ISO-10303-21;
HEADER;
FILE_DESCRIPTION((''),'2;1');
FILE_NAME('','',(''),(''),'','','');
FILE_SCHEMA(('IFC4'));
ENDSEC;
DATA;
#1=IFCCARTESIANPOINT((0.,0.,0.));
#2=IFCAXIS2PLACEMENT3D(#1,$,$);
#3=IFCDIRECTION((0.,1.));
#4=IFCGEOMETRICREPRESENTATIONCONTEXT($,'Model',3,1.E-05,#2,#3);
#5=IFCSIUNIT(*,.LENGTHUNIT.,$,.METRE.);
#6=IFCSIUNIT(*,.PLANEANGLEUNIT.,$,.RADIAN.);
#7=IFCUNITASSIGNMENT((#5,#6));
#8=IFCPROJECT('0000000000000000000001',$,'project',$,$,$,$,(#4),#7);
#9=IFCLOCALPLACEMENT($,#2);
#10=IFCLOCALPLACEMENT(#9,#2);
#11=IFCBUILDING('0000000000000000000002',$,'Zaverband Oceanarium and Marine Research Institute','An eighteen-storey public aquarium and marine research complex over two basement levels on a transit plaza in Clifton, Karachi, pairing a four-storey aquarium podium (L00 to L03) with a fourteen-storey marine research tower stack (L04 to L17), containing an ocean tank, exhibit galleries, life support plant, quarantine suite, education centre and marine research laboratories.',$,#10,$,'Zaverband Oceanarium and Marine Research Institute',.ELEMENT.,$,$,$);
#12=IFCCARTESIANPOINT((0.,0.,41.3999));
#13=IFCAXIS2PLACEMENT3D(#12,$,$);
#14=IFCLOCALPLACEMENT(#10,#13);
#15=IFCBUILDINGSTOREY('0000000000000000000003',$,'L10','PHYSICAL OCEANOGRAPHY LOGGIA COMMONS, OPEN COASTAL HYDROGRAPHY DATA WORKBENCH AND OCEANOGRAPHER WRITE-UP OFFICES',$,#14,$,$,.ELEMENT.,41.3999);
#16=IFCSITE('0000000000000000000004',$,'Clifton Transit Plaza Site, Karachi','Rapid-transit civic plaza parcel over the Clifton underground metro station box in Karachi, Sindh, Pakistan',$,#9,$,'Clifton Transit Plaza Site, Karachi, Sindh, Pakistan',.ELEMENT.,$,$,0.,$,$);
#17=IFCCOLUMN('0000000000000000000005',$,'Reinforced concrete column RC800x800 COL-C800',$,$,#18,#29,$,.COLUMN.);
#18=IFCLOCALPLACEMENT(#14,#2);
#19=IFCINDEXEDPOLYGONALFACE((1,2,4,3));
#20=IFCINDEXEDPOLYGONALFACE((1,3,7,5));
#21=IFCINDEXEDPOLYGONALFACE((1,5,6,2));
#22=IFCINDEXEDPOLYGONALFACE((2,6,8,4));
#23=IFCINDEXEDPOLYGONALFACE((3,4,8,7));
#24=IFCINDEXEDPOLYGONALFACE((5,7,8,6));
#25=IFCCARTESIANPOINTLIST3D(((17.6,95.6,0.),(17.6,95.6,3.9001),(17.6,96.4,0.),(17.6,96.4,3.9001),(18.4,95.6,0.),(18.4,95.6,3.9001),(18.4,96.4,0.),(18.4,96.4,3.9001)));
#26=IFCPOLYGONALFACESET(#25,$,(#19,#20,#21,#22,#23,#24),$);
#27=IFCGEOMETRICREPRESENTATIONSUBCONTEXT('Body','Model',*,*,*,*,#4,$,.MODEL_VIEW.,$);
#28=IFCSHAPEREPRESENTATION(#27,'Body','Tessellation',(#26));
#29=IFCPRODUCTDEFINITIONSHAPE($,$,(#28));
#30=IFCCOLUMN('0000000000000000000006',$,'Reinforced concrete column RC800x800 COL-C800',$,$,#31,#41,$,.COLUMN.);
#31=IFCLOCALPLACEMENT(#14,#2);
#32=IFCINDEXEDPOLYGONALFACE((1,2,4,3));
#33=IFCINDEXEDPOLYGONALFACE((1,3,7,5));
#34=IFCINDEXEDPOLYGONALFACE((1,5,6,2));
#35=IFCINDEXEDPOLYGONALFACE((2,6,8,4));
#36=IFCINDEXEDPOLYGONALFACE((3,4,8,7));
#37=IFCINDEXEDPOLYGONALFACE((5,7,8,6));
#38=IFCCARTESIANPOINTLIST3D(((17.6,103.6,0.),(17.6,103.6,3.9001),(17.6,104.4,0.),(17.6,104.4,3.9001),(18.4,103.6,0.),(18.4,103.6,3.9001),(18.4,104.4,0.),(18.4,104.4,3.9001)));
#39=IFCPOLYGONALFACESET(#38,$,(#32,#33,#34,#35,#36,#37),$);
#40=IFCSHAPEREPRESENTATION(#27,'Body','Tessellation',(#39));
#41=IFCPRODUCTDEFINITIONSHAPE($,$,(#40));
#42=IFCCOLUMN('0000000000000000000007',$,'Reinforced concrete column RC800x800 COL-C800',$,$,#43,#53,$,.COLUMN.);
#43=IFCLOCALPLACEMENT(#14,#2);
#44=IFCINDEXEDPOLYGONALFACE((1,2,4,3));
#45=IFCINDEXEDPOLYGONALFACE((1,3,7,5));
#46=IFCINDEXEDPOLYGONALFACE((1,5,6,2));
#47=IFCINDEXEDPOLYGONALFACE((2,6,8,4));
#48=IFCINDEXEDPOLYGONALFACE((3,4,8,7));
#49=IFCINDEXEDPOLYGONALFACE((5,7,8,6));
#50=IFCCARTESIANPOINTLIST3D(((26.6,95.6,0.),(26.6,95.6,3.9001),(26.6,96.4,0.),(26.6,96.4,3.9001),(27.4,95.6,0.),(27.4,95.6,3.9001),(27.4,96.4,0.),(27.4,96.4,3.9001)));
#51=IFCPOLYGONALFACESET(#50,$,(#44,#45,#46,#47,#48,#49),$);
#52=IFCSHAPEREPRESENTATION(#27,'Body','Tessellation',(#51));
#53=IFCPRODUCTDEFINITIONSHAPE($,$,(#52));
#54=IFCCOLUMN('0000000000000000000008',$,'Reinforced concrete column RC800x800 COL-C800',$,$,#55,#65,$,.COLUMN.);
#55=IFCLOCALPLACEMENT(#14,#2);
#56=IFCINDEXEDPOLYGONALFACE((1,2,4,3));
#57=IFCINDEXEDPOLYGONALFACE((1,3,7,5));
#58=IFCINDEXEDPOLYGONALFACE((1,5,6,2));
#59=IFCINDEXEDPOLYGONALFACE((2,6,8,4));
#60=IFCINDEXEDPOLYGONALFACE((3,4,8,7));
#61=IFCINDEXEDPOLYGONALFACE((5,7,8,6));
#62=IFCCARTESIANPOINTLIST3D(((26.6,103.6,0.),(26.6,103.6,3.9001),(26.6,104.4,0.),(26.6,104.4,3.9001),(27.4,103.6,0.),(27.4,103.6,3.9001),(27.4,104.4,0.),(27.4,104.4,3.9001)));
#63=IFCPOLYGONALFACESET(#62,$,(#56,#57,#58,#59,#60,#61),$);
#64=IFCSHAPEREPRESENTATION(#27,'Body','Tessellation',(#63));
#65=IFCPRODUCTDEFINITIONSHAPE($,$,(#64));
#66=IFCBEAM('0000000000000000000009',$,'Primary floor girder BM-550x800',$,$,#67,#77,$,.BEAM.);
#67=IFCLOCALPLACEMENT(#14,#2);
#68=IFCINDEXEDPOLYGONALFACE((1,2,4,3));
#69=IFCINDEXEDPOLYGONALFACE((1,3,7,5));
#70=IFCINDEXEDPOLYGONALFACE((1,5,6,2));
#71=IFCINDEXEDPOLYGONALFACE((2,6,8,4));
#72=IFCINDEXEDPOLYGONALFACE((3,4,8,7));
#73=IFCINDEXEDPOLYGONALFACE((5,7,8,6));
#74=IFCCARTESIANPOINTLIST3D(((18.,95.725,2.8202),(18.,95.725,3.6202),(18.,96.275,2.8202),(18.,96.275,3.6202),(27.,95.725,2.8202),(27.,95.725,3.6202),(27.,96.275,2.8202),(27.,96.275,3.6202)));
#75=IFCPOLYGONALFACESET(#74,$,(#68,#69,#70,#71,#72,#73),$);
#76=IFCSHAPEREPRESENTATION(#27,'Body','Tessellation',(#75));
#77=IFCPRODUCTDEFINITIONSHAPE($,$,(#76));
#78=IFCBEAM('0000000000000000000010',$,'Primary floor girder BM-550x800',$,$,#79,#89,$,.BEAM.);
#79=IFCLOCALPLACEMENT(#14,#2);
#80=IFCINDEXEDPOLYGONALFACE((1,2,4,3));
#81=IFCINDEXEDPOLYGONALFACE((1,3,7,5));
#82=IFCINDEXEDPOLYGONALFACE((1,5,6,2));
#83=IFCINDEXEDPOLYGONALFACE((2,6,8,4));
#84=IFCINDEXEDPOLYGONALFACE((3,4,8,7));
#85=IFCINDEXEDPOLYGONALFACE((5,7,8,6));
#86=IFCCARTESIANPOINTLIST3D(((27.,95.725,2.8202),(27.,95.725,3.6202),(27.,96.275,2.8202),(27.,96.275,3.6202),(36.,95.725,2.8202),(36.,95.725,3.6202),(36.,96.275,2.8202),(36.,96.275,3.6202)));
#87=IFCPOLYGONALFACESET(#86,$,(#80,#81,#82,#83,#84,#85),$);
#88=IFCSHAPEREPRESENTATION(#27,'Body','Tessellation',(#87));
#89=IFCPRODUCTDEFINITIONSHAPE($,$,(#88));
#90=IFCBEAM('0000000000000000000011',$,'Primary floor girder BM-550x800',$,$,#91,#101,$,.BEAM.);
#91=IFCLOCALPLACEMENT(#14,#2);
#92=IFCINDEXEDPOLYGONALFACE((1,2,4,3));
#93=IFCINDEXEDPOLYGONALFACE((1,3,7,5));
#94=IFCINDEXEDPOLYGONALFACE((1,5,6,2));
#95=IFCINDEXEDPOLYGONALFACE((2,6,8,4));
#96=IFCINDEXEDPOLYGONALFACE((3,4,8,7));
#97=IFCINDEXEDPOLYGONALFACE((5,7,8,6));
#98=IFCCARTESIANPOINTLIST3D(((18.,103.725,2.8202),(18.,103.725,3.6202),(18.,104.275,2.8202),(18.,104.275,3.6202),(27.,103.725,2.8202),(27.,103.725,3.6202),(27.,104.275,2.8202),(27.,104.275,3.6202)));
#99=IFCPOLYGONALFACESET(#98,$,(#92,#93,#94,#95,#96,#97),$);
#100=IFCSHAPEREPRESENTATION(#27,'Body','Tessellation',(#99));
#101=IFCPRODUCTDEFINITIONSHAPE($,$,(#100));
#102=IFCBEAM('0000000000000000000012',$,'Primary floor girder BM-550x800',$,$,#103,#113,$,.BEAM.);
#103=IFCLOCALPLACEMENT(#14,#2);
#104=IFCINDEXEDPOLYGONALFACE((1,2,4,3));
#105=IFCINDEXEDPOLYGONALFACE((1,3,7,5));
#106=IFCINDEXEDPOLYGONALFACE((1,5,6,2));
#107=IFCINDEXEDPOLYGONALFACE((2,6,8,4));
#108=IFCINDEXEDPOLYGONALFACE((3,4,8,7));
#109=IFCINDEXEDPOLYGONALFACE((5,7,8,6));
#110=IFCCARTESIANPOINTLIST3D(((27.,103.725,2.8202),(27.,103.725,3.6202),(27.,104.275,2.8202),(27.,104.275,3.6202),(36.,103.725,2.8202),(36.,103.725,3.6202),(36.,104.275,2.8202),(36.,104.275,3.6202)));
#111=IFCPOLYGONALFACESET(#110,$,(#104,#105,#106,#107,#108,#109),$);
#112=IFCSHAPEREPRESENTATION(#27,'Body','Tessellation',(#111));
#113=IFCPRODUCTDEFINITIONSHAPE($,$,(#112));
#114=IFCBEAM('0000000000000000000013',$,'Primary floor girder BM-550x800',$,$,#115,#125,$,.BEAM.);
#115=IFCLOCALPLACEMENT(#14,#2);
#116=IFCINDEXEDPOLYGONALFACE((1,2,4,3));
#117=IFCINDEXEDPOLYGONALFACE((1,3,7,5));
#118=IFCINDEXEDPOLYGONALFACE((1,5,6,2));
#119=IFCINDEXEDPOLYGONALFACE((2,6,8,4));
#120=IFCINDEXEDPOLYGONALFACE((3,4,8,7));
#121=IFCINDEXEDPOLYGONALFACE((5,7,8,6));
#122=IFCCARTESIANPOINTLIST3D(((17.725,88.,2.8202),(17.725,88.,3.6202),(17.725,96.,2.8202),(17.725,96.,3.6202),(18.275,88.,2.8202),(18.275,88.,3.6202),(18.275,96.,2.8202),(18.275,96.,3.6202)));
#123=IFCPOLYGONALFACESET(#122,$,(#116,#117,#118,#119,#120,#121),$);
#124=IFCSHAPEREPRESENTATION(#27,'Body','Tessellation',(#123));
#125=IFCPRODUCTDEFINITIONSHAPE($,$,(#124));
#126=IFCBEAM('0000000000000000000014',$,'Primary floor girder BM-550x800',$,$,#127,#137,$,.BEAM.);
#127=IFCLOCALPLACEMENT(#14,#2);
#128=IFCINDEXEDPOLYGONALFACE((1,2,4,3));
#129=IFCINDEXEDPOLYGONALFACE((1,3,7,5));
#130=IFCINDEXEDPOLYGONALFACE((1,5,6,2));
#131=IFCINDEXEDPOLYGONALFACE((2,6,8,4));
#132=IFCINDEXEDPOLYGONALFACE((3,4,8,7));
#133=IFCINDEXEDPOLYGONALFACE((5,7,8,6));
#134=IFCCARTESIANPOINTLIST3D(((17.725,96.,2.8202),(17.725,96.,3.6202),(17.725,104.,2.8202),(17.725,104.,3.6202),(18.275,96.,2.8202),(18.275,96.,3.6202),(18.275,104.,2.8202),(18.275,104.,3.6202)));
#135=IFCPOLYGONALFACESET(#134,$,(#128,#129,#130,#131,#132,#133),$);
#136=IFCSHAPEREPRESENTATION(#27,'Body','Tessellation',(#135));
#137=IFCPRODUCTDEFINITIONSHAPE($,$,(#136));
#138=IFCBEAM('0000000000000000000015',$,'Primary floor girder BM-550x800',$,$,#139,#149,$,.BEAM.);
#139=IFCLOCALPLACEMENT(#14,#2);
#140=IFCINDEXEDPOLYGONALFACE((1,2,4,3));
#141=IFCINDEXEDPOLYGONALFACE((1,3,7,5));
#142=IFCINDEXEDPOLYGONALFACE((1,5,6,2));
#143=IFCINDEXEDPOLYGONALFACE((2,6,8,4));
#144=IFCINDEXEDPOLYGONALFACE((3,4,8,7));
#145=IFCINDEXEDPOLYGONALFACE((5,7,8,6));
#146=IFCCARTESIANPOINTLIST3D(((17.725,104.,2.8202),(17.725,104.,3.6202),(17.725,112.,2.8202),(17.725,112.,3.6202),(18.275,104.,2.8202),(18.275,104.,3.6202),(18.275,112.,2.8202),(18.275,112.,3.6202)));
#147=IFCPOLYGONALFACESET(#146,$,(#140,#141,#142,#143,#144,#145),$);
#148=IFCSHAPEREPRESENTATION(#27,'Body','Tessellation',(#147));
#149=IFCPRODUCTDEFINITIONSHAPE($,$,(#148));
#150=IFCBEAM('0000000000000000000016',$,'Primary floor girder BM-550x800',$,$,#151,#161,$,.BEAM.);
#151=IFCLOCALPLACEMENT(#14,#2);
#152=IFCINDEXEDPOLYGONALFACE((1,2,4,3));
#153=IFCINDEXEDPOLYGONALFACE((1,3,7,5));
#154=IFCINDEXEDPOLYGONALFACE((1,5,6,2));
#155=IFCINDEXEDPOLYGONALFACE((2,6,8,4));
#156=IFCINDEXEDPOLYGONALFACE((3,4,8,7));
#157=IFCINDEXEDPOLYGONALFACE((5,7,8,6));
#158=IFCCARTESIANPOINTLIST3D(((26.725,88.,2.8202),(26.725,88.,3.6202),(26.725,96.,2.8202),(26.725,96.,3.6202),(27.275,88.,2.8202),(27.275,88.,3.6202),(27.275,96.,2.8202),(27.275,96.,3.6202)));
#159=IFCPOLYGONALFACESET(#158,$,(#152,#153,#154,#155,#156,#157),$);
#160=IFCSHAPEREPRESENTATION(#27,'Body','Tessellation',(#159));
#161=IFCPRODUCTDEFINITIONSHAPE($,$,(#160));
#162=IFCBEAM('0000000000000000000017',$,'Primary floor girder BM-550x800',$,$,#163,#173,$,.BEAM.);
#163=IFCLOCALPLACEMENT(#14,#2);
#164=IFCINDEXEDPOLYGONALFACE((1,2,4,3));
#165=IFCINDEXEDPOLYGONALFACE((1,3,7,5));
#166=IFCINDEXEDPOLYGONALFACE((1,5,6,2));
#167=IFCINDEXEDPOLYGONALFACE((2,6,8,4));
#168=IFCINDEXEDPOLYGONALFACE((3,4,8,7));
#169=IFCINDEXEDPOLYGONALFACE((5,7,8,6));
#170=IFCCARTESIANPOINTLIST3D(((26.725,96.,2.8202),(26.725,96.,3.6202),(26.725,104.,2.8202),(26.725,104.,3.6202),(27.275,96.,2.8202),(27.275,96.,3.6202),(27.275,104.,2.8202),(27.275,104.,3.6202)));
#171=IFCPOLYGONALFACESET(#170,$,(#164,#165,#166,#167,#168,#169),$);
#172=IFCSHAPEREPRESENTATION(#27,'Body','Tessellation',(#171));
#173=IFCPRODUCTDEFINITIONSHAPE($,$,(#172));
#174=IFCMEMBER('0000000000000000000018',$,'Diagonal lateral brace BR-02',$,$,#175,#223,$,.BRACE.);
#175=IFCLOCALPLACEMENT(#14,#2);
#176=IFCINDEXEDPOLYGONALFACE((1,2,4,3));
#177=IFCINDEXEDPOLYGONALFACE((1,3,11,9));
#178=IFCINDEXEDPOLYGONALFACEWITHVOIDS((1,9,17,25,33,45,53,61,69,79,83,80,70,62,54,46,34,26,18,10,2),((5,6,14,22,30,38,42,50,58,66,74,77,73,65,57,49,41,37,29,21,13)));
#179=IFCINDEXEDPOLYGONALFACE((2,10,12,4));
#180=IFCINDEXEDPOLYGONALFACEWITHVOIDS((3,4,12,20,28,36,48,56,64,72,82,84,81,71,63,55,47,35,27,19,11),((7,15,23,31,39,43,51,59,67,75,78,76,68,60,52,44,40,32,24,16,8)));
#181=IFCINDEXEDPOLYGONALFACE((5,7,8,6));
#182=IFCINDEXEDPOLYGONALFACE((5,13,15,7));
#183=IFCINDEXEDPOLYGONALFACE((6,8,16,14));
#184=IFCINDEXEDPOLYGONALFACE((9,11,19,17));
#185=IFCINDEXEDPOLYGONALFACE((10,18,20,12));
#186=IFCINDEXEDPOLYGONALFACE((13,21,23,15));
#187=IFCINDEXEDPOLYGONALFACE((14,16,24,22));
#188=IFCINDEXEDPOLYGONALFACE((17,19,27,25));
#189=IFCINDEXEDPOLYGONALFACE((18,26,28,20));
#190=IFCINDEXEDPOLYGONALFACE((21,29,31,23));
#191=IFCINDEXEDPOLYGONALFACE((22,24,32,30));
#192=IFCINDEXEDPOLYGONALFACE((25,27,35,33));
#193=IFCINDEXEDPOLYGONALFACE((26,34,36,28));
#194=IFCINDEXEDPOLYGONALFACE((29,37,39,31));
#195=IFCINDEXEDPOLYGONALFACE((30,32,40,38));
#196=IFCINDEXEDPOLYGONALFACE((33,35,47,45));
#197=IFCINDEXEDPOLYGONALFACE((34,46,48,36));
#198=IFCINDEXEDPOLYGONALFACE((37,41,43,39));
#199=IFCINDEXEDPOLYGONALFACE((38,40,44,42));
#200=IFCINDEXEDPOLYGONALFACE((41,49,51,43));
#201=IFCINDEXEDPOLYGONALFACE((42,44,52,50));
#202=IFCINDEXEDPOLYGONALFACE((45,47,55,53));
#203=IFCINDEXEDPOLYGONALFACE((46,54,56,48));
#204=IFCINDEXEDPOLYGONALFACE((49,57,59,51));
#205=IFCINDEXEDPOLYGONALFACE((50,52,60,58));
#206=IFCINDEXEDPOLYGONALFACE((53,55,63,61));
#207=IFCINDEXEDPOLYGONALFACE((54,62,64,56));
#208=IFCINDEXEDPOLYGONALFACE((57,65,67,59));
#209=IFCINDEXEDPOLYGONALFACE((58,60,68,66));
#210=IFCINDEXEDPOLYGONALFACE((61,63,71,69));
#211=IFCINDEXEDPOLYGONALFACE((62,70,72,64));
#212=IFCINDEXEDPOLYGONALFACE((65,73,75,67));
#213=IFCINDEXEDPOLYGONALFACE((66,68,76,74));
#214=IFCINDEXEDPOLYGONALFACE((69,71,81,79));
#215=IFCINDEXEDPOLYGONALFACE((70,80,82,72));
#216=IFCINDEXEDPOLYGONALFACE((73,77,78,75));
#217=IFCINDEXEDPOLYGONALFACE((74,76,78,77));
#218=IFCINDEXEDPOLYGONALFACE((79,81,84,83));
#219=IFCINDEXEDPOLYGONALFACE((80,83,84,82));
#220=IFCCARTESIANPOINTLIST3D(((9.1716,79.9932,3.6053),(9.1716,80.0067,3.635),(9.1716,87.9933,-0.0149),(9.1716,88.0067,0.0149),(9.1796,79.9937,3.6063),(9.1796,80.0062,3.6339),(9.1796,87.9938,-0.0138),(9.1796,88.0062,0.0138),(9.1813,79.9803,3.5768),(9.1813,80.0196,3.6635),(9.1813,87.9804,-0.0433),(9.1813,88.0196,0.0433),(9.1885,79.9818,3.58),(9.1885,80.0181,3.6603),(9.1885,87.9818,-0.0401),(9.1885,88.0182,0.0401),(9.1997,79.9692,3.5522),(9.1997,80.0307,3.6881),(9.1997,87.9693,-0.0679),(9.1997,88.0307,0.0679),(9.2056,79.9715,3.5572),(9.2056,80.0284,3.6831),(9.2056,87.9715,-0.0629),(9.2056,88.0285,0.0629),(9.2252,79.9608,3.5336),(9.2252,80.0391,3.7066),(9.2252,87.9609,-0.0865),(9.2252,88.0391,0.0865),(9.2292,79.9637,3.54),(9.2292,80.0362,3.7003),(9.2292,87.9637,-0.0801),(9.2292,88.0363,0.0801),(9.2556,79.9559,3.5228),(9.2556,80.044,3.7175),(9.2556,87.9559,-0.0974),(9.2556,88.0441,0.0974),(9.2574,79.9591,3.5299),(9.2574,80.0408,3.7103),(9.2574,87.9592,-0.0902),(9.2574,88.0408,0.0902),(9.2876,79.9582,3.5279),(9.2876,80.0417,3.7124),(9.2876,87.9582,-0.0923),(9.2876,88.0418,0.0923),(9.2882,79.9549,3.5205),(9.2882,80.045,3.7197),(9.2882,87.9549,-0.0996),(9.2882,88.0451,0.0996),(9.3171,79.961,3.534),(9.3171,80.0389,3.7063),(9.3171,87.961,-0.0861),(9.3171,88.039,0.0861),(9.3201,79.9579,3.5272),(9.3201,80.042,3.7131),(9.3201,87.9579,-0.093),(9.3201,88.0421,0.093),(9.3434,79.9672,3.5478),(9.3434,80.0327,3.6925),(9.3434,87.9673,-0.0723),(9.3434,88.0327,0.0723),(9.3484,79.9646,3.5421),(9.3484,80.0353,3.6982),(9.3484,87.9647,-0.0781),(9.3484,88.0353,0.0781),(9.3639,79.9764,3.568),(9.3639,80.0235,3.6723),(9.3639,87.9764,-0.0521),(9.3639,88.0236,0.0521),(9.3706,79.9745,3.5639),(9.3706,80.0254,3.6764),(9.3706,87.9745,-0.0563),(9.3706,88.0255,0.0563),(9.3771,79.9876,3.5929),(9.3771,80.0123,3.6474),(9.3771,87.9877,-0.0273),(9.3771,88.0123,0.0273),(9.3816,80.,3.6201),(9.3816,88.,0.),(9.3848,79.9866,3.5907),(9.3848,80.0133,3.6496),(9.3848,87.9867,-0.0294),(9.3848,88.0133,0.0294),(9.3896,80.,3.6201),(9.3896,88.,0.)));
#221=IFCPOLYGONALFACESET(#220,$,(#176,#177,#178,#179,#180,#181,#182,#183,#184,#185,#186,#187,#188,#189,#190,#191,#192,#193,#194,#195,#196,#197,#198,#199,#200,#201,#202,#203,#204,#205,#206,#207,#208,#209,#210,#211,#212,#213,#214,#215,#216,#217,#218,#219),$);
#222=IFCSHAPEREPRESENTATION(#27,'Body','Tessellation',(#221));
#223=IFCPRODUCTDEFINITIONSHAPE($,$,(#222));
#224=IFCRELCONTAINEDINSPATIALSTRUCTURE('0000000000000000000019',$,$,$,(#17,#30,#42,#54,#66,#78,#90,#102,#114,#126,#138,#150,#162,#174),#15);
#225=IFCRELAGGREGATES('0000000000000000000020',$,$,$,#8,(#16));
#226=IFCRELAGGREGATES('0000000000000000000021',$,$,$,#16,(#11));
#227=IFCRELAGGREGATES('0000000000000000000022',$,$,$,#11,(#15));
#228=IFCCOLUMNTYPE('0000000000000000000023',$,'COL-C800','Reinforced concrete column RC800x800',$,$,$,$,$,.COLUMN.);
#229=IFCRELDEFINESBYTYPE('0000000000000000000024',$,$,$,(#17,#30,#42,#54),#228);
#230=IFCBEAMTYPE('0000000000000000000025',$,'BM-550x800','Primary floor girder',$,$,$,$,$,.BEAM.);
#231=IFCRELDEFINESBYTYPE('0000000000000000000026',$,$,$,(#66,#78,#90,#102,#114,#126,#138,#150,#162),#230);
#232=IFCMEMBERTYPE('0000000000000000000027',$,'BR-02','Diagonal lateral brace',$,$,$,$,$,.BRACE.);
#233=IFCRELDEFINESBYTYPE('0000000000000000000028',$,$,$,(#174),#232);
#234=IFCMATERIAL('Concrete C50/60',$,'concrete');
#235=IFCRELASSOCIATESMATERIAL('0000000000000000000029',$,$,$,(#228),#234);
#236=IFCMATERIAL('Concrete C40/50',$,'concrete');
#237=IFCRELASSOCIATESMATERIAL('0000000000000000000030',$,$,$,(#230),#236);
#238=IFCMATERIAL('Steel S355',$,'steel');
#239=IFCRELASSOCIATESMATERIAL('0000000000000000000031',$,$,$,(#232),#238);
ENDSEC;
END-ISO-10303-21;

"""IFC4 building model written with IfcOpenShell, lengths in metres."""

from ifc_helpers import new_model, si_unit, direction, frame, origin, origin_2d, place, context, subcontext, project, spatial, rectangle, hollow_circle, extrude, material, material_profile, profile_set, type_object, element, save


model = new_model("IFC4")

# Units and contexts
model_context = context("Model", 3, precision=1e-05, world=origin(), true_north=direction((0.0, 1.0)))
body_context = subcontext(model_context, "Body", "Model", "MODEL_VIEW")
ifc_project = project(units=[si_unit("LENGTHUNIT", "METRE"), si_unit("PLANEANGLEUNIT", "RADIAN")], contexts=[model_context])

# Site, building, storey
site_placement = place(None, origin())
site = spatial("IfcSite", under=ifc_project, at=site_placement, Name="Clifton Transit Plaza Site, Karachi", Description="Rapid-transit civic plaza parcel over the Clifton underground metro station box in Karachi, Sindh, Pakistan", LongName="Clifton Transit Plaza Site, Karachi, Sindh, Pakistan", CompositionType="ELEMENT", RefElevation=0.0)
building_placement = place(site_placement, origin())
building = spatial("IfcBuilding", under=site, at=building_placement, Name="Zaverband Oceanarium and Marine Research Institute", Description="An eighteen-storey public aquarium and marine research complex over two basement levels on a transit plaza in Clifton, Karachi, pairing a four-storey aquarium podium (L00 to L03) with a fourteen-storey marine research tower stack (L04 to L17), containing an ocean tank, exhibit galleries, life support plant, quarantine suite, education centre and marine research laboratories.", LongName="Zaverband Oceanarium and Marine Research Institute", CompositionType="ELEMENT")
storey_placement = place(building_placement, frame((0.0, 0.0, 41.3999)))
storey = spatial("IfcBuildingStorey", under=building, at=storey_placement, Name="L10", Description="PHYSICAL OCEANOGRAPHY LOGGIA COMMONS, OPEN COASTAL HYDROGRAPHY DATA WORKBENCH AND OCEANOGRAPHER WRITE-UP OFFICES", CompositionType="ELEMENT", Elevation=41.3999)

# Columns
ifc_material_1 = material(Name="Concrete C50/60", Category="concrete")
ifc_material_profile_1 = material_profile(ifc_material_1, rectangle(XDim=0.8, YDim=0.8, at=origin_2d()), Name="RC800x800")
ifc_profile_set_1 = profile_set([ifc_material_profile_1], Name="Concrete C50/60")
column_type = type_object("IfcColumnType", Name="COL-C800", Description="Reinforced concrete column RC800x800", PredefinedType="COLUMN", material=ifc_profile_set_1)
for number, where, z_axis, x_axis, name in (
    (1, (18.0, 96.0, 0.0), (0.0, 0.0, 1.0), (1.0, 0.0, 0.0), "Reinforced concrete column RC800x800 COL-C800"),
    (2, (18.0, 104.0, 0.0), (0.0, 0.0, 1.0), (1.0, 0.0, 0.0), "Reinforced concrete column RC800x800 COL-C800"),
    (3, (27.0, 96.0, 0.0), (0.0, 0.0, 1.0), (1.0, 0.0, 0.0), "Reinforced concrete column RC800x800 COL-C800"),
    (4, (27.0, 104.0, 0.0), (0.0, 0.0, 1.0), (1.0, 0.0, 0.0), "Reinforced concrete column RC800x800 COL-C800"),
):
    element("IfcColumn", number, at=place(storey_placement, frame(where, z_axis=z_axis, x_axis=x_axis)), inside=storey, type_object=column_type, Name=name, PredefinedType="COLUMN", context=body_context, shape_type="SweptSolid", body=[
        extrude(rectangle(XDim=0.8, YDim=0.8, at=origin_2d()), origin(), (0.0, 0.0, 1.0), 3.9001),
    ])

# Beams
ifc_material_2 = material(Name="Concrete C40/50", Category="concrete")
ifc_material_profile_2 = material_profile(ifc_material_2, rectangle(XDim=0.55, YDim=0.8, at=origin_2d()), Name="RC550x800")
ifc_profile_set_2 = profile_set([ifc_material_profile_2], Name="Concrete C40/50")
beam_type_1 = type_object("IfcBeamType", Name="BM-550x800", Description="Primary floor girder", PredefinedType="BEAM", material=ifc_profile_set_2)
for number, where, z_axis, x_axis, name in (
    (5, (18.0, 96.0, 3.2202), (1.0, 0.0, 0.0), (0.0, 1.0, 0.0), "Primary floor girder BM-550x800"),
    (6, (27.0, 96.0, 3.2202), (1.0, 0.0, 0.0), (0.0, 1.0, 0.0), "Primary floor girder BM-550x800"),
    (7, (18.0, 104.0, 3.2202), (1.0, 0.0, 0.0), (0.0, 1.0, 0.0), "Primary floor girder BM-550x800"),
    (8, (27.0, 104.0, 3.2202), (1.0, 0.0, 0.0), (0.0, 1.0, 0.0), "Primary floor girder BM-550x800"),
):
    element("IfcBeam", number, at=place(storey_placement, frame(where, z_axis=z_axis, x_axis=x_axis)), inside=storey, type_object=beam_type_1, Name=name, PredefinedType="BEAM", context=body_context, shape_type="SweptSolid", body=[
        extrude(rectangle(XDim=0.55, YDim=0.8, at=origin_2d()), origin(), (0.0, 0.0, 1.0), 9.0),
    ])
for number, where, z_axis, x_axis, name in (
    (9, (18.0, 88.0, 3.2202), (0.0, 1.0, 0.0), (-1.0, 0.0, 0.0), "Primary floor girder BM-550x800"),
    (10, (18.0, 96.0, 3.2202), (0.0, 1.0, 0.0), (-1.0, 0.0, 0.0), "Primary floor girder BM-550x800"),
    (11, (18.0, 104.0, 3.2202), (0.0, 1.0, 0.0), (-1.0, 0.0, 0.0), "Primary floor girder BM-550x800"),
    (12, (27.0, 88.0, 3.2202), (0.0, 1.0, 0.0), (-1.0, 0.0, 0.0), "Primary floor girder BM-550x800"),
    (13, (27.0, 96.0, 3.2202), (0.0, 1.0, 0.0), (-1.0, 0.0, 0.0), "Primary floor girder BM-550x800"),
):
    element("IfcBeam", number, at=place(storey_placement, frame(where, z_axis=z_axis, x_axis=x_axis)), inside=storey, type_object=beam_type_1, Name=name, PredefinedType="BEAM", context=body_context, shape_type="SweptSolid", body=[
        extrude(rectangle(XDim=0.55, YDim=0.8, at=origin_2d()), origin(), (0.0, 0.0, 1.0), 8.0),
    ])

# Member
ifc_material_3 = material(Name="Steel S355", Category="steel")
ifc_material_profile_3 = material_profile(ifc_material_3, hollow_circle(Radius=0.1096, WallThickness=0.0081, at=origin_2d()), Name="CHS219x8")
ifc_profile_set_3 = profile_set([ifc_material_profile_3], Name="Steel S355")
member_type = type_object("IfcMemberType", Name="BR-02", Description="Diagonal lateral brace", PredefinedType="BRACE", material=ifc_profile_set_3)
member_placement = place(storey_placement, frame((9.28, 88.0, 0.0), z_axis=(0.0, -0.911062, 0.412269), x_axis=(1.0, 0.0, 0.0)))
element("IfcMember", 14, at=member_placement, inside=storey, type_object=member_type, Name="Diagonal lateral brace BR-02", PredefinedType="BRACE", context=body_context, shape_type="SweptSolid", body=[
    extrude(hollow_circle(Radius=0.1096, WallThickness=0.0081, at=origin_2d()), origin(), (0.0, 0.0, 1.0), 8.781),
])

save(model, "model.ifc")
